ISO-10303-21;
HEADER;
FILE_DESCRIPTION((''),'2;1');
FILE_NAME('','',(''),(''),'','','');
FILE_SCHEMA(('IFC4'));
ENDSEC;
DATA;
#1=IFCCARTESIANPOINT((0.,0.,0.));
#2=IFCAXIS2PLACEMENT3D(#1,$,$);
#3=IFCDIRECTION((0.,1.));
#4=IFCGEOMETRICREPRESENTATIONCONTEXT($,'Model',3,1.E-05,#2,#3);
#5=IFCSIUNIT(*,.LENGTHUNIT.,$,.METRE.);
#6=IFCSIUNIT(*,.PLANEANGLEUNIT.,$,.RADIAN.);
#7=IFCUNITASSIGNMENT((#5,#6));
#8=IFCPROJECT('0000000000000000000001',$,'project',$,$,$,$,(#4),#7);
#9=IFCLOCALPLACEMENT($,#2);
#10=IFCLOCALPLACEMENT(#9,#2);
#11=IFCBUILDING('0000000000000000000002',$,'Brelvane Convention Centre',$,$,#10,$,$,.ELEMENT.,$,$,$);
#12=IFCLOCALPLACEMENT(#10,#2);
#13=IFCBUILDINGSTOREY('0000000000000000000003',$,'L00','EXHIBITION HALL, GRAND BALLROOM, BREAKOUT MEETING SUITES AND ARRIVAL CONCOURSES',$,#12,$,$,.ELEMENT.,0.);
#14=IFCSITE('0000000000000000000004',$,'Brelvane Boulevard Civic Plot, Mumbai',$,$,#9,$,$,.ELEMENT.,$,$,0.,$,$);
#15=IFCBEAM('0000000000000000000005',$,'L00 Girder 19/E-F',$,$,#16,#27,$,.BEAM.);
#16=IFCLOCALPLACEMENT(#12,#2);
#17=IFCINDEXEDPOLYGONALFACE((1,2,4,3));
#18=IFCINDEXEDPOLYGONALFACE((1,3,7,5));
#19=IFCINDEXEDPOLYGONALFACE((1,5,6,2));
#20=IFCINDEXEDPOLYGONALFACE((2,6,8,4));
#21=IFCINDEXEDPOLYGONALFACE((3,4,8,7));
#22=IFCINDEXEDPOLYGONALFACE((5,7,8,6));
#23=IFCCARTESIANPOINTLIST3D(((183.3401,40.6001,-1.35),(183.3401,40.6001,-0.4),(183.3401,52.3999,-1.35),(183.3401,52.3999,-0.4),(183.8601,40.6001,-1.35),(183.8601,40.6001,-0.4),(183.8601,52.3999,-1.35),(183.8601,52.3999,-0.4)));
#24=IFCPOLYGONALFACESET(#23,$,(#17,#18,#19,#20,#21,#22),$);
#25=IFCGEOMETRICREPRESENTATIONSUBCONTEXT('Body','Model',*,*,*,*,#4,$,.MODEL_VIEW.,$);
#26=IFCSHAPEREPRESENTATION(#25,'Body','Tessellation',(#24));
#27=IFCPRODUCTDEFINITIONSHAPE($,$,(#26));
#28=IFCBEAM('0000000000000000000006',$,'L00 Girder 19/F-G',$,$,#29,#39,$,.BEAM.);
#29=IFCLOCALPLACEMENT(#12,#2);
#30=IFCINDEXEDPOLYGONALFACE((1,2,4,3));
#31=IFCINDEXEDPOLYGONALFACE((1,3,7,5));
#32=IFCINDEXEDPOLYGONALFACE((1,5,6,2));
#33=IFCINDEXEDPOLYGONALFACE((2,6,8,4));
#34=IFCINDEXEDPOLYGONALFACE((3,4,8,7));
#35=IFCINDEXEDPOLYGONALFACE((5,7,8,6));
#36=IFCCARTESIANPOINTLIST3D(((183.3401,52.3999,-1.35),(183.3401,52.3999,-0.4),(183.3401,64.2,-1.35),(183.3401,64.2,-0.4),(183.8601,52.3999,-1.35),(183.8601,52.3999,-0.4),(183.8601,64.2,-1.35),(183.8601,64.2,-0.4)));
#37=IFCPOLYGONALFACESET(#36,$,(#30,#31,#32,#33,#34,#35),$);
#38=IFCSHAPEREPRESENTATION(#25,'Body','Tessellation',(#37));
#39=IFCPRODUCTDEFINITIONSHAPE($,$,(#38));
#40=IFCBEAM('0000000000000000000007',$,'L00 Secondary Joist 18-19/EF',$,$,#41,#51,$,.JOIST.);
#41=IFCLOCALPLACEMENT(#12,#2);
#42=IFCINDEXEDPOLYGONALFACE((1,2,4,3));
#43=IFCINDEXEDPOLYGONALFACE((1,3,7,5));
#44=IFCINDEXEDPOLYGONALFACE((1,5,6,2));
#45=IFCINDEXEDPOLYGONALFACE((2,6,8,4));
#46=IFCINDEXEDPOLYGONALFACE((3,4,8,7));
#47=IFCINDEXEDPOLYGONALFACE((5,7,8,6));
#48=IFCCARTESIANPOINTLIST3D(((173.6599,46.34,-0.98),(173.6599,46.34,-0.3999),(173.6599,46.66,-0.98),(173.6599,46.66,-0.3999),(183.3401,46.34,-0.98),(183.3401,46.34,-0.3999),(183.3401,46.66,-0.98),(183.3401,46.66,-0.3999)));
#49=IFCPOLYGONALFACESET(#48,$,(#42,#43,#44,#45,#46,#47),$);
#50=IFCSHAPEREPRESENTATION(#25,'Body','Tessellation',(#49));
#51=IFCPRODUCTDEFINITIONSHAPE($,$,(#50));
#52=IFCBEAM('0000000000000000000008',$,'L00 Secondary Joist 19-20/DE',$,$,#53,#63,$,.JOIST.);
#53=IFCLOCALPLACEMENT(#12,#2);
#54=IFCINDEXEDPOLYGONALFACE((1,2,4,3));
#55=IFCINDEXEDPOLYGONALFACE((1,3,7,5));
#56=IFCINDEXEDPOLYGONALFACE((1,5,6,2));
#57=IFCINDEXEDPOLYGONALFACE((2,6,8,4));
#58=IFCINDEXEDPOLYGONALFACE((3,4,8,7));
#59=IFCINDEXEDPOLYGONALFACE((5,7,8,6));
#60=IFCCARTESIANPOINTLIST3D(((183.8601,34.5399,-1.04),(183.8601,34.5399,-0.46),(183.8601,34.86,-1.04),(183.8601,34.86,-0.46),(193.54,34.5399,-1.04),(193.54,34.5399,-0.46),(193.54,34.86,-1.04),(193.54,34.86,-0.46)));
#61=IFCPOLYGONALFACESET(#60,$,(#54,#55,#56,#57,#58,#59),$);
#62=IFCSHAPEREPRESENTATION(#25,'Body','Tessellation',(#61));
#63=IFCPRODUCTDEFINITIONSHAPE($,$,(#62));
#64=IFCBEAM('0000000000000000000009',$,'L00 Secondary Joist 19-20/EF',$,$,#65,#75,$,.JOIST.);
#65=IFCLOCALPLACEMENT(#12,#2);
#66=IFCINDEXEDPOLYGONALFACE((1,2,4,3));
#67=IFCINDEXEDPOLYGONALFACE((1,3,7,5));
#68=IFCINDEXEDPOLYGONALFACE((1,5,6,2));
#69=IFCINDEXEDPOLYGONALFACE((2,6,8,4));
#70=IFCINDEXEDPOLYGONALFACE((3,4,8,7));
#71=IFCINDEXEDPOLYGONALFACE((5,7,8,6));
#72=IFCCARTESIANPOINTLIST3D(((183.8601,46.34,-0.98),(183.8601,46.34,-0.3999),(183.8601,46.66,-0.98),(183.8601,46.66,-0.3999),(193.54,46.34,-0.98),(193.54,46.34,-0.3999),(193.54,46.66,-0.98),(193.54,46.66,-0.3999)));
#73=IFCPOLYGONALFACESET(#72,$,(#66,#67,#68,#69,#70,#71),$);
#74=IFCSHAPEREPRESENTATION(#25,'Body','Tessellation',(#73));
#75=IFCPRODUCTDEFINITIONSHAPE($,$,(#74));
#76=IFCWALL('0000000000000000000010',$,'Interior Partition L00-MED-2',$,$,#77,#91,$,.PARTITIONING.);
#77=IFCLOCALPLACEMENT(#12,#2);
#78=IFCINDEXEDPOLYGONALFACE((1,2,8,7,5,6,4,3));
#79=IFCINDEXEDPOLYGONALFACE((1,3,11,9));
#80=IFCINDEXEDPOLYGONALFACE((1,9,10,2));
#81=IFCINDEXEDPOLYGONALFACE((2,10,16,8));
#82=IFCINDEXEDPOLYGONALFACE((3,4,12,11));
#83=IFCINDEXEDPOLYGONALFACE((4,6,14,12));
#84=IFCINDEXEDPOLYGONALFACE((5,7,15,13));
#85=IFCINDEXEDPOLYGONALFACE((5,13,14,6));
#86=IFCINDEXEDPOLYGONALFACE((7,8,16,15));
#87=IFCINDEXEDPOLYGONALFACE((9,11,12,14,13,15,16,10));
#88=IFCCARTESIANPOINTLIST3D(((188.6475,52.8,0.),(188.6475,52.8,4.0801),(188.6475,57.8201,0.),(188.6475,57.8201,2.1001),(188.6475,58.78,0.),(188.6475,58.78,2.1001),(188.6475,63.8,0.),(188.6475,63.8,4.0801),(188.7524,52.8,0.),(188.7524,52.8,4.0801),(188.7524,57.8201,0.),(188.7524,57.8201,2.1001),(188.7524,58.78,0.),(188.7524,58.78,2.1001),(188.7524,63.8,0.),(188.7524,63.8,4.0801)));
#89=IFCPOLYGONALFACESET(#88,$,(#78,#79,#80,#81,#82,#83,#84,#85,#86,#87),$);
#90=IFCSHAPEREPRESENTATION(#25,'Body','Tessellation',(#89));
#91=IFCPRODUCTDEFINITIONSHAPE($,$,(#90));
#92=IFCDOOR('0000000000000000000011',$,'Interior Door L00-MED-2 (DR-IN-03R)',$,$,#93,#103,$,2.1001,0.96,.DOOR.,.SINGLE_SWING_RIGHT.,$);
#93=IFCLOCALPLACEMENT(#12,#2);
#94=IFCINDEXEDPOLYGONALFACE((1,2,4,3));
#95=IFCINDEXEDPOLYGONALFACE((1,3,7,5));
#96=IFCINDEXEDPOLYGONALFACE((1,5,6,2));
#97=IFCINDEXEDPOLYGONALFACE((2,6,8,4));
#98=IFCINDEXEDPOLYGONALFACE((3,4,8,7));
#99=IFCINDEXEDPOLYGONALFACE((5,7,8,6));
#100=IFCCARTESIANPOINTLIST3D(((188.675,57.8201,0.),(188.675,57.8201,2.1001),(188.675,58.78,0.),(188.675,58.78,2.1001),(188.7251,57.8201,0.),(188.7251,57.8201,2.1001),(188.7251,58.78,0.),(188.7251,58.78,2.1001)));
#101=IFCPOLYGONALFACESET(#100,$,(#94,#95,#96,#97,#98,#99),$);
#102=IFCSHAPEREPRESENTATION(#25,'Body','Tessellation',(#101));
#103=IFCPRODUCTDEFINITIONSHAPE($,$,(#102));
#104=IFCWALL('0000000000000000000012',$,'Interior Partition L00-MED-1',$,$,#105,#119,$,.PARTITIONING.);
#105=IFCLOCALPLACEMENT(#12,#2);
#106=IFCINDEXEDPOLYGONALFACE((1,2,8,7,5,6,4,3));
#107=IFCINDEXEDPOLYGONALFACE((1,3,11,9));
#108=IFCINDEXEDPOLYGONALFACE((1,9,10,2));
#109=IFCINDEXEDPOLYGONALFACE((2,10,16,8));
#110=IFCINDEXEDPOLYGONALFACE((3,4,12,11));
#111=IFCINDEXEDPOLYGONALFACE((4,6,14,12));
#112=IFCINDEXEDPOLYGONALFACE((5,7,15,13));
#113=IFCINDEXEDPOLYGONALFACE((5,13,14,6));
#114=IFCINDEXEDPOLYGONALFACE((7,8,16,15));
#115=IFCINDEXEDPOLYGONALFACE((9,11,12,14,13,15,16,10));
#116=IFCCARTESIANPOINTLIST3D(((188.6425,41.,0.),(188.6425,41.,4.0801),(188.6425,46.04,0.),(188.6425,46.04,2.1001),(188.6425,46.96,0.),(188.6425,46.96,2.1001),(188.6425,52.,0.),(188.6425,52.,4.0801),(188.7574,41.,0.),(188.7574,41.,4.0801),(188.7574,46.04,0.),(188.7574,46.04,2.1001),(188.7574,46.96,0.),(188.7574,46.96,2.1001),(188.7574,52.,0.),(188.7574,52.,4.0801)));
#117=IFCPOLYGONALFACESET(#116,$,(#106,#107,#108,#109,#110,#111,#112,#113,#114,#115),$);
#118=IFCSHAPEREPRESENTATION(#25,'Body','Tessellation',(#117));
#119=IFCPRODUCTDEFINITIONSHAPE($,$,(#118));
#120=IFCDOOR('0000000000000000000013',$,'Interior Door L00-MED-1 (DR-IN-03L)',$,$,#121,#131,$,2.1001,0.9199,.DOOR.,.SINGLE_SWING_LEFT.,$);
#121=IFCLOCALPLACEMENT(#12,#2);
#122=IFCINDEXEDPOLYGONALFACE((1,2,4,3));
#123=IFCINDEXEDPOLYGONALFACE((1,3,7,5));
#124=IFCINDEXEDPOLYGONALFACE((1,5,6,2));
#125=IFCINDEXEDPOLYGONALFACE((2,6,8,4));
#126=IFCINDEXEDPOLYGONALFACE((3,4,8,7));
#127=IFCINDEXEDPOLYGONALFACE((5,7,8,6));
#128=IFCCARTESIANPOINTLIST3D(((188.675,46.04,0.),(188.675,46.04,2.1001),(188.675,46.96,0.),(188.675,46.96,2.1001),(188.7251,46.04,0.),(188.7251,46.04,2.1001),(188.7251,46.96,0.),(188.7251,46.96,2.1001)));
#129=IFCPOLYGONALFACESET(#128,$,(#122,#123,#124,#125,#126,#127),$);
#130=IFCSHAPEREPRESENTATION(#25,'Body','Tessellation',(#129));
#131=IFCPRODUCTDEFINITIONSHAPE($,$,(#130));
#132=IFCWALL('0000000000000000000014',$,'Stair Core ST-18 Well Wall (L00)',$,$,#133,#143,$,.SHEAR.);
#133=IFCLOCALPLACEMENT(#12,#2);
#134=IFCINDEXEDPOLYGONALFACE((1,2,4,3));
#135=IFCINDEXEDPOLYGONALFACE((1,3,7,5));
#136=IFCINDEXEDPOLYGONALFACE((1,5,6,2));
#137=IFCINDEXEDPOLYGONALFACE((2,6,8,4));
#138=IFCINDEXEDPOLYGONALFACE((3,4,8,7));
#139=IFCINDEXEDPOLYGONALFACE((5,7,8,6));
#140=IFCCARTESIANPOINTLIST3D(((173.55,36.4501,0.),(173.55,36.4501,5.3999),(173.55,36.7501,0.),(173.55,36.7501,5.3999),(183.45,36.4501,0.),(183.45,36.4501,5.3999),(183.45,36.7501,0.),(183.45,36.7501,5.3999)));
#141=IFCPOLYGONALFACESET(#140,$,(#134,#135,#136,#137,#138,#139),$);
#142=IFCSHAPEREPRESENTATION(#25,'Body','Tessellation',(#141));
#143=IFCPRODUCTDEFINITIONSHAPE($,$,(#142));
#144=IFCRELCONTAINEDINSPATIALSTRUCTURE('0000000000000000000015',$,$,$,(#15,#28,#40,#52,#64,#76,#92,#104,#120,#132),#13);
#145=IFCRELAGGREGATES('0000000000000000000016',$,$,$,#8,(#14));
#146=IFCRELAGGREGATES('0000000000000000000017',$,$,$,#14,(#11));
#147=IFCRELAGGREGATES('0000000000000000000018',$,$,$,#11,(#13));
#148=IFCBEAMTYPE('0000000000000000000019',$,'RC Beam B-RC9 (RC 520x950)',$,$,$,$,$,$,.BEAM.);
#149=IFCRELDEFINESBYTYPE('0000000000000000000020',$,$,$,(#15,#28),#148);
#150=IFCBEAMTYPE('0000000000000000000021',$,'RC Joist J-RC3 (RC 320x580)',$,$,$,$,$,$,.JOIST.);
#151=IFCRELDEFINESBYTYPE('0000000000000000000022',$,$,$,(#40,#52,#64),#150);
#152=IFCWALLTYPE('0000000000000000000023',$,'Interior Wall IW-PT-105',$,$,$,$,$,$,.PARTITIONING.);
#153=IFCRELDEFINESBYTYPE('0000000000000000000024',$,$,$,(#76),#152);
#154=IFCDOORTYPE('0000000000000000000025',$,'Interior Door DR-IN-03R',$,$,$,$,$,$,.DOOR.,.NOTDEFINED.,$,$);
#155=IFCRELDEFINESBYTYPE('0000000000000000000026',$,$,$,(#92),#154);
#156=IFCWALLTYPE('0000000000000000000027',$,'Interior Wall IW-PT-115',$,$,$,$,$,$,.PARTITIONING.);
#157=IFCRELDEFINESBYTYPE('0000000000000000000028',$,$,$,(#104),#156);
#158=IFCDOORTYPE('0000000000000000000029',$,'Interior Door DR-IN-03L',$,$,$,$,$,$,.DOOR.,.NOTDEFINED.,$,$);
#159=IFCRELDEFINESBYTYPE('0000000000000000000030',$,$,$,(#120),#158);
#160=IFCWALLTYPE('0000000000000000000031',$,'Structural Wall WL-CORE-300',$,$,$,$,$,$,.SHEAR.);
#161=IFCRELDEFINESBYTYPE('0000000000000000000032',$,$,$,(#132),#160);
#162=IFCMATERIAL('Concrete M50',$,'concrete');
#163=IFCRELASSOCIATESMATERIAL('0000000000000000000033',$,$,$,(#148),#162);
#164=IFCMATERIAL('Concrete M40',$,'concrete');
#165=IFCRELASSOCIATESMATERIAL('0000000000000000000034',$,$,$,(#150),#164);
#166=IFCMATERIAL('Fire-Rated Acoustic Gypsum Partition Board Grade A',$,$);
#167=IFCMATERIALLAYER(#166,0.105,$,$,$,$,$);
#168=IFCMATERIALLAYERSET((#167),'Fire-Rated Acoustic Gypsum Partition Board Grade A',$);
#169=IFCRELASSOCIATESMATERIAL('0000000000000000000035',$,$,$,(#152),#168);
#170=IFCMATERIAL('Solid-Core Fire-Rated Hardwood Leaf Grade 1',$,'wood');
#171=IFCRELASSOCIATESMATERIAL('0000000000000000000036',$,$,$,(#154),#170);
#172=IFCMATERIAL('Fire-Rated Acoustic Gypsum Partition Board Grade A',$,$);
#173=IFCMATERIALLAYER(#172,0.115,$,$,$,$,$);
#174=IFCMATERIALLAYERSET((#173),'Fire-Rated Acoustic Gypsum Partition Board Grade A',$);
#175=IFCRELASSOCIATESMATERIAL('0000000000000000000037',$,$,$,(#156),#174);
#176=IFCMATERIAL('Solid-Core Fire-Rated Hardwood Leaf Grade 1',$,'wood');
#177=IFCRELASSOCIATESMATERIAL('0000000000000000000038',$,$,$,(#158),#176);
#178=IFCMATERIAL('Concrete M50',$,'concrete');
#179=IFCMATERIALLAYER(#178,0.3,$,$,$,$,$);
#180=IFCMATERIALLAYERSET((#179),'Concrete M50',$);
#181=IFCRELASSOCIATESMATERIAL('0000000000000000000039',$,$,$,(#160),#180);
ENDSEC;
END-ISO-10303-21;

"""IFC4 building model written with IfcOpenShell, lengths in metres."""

from ifc_helpers import new_model, si_unit, direction, frame, frame_2d, origin, origin_2d, place, context, subcontext, project, spatial, rectangle, extrude, material, layer, layer_set, material_profile, profile_set, type_object, element, fill, save


model = new_model("IFC4")

# Units and contexts
model_context = context("Model", 3, precision=1e-05, world=origin(), true_north=direction((0.0, 1.0)))
body_context = subcontext(model_context, "Body", "Model", "MODEL_VIEW")
ifc_project = project(units=[si_unit("LENGTHUNIT", "METRE"), si_unit("PLANEANGLEUNIT", "RADIAN")], contexts=[model_context])

# Site, building, storey
site_placement = place(None, origin())
site = spatial("IfcSite", under=ifc_project, at=site_placement, Name="Brelvane Boulevard Civic Plot, Mumbai", CompositionType="ELEMENT", RefElevation=0.0)
building_placement = place(site_placement, origin())
building = spatial("IfcBuilding", under=site, at=building_placement, Name="Brelvane Convention Centre", CompositionType="ELEMENT")
storey_placement = place(building_placement, origin())
storey = spatial("IfcBuildingStorey", under=building, at=storey_placement, Name="L00", Description="EXHIBITION HALL, GRAND BALLROOM, BREAKOUT MEETING SUITES AND ARRIVAL CONCOURSES", CompositionType="ELEMENT", Elevation=0.0)

# Beams
ifc_material_1 = material(Name="Concrete M50", Category="concrete")
ifc_material_profile_1 = material_profile(ifc_material_1, rectangle(XDim=0.52, YDim=0.95, at=origin_2d()), Name="RC 520x950")
ifc_profile_set_1 = profile_set([ifc_material_profile_1], Name="Concrete M50")
beam_type_1 = type_object("IfcBeamType", Name="RC Beam B-RC9 (RC 520x950)", PredefinedType="BEAM", material=ifc_profile_set_1)
beam_1_placement = place(storey_placement, frame((183.6001, 40.6001, -0.875), z_axis=(0.0, 1.0, 0.0), x_axis=(-1.0, 0.0, 0.0)))
element("IfcBeam", 1, at=beam_1_placement, inside=storey, type_object=beam_type_1, Name="L00 Girder 19/E-F", PredefinedType="BEAM", context=body_context, shape_type="SweptSolid", body=[
    extrude(rectangle(XDim=0.52, YDim=0.95, at=origin_2d()), origin(), (0.0, 0.0, 1.0), 11.7998),
])
beam_2_placement = place(storey_placement, frame((183.6001, 52.3999, -0.875), z_axis=(0.0, 1.0, 0.0), x_axis=(-1.0, 0.0, 0.0)))
element("IfcBeam", 2, at=beam_2_placement, inside=storey, type_object=beam_type_1, Name="L00 Girder 19/F-G", PredefinedType="BEAM", context=body_context, shape_type="SweptSolid", body=[
    extrude(rectangle(XDim=0.52, YDim=0.95, at=origin_2d()), origin(), (0.0, 0.0, 1.0), 11.8),
])
ifc_material_2 = material(Name="Concrete M40", Category="concrete")
ifc_material_profile_2 = material_profile(ifc_material_2, rectangle(XDim=0.3201, YDim=0.5801, at=origin_2d()), Name="RC 320x580")
ifc_profile_set_2 = profile_set([ifc_material_profile_2], Name="Concrete M40")
beam_type_2 = type_object("IfcBeamType", Name="RC Joist J-RC3 (RC 320x580)", PredefinedType="JOIST", material=ifc_profile_set_2)
beam_3_placement = place(storey_placement, frame((173.6599, 46.5, -0.6899), z_axis=(1.0, 0.0, 0.0), x_axis=(0.0, 1.0, 0.0)))
element("IfcBeam", 3, at=beam_3_placement, inside=storey, type_object=beam_type_2, Name="L00 Secondary Joist 18-19/EF", PredefinedType="JOIST", context=body_context, shape_type="SweptSolid", body=[
    extrude(rectangle(XDim=0.3201, YDim=0.5801, at=origin_2d()), origin(), (0.0, 0.0, 1.0), 9.6802),
])
for number, where, z_axis, x_axis, name in (
    (4, (183.8601, 34.7, -0.75), (1.0, 0.0, 0.0), (0.0, 1.0, 0.0), "L00 Secondary Joist 19-20/DE"),
    (5, (183.8601, 46.5, -0.6899), (1.0, 0.0, 0.0), (0.0, 1.0, 0.0), "L00 Secondary Joist 19-20/EF"),
):
    element("IfcBeam", number, at=place(storey_placement, frame(where, z_axis=z_axis, x_axis=x_axis)), inside=storey, type_object=beam_type_2, Name=name, PredefinedType="JOIST", context=body_context, shape_type="SweptSolid", body=[
        extrude(rectangle(XDim=0.3201, YDim=0.5801, at=origin_2d()), origin(), (0.0, 0.0, 1.0), 9.6799),
    ])

# Walls, openings, doors
ifc_material_3 = material(Name="Fire-Rated Acoustic Gypsum Partition Board Grade A")
ifc_layer_1 = layer(ifc_material_3, 0.105)
ifc_layer_set_1 = layer_set([ifc_layer_1], Name="Fire-Rated Acoustic Gypsum Partition Board Grade A")
wall_type_1 = type_object("IfcWallType", Name="Interior Wall IW-PT-105", PredefinedType="PARTITIONING", material=ifc_layer_set_1)
wall_1_placement = place(storey_placement, frame((188.7, 52.8, 0.0), z_axis=(0.0, 0.0, 1.0), x_axis=(0.0, 1.0, 0.0)))
wall_1 = element("IfcWall", 6, at=wall_1_placement, inside=storey, type_object=wall_type_1, Name="Interior Partition L00-MED-2", PredefinedType="PARTITIONING", context=body_context, shape_type="SweptSolid", body=[
    extrude(rectangle(XDim=11.0, YDim=0.105, at=frame_2d((5.5, 0.0))), origin(), (0.0, 0.0, 1.0), 4.0801),
])
opening_1_placement = place(wall_1_placement, frame((5.02, 0.0, 0.0)))
opening_1 = element("IfcOpeningElement", 7, at=opening_1_placement, cuts=wall_1, PredefinedType="OPENING", context=body_context, shape_type="SweptSolid", body=[
    extrude(rectangle(XDim=0.96, YDim=2.1001, at=frame_2d((0.48, 1.05))), frame((0.0, 0.0625, 0.0), z_axis=(0.0, -1.0, 0.0), x_axis=(1.0, 0.0, 0.0)), (0.0, 0.0, 1.0), 0.125),
])
ifc_material_4 = material(Name="Solid-Core Fire-Rated Hardwood Leaf Grade 1", Category="wood")
door_type_1 = type_object("IfcDoorType", Name="Interior Door DR-IN-03R", OperationType="NOTDEFINED", PredefinedType="DOOR", material=ifc_material_4)
door_1_placement = place(opening_1_placement, origin())
door_1 = element("IfcDoor", 8, at=door_1_placement, inside=storey, type_object=door_type_1, Name="Interior Door L00-MED-2 (DR-IN-03R)", OperationType="SINGLE_SWING_RIGHT", OverallHeight=2.1001, OverallWidth=0.96, PredefinedType="DOOR", context=body_context, shape_type="SweptSolid", body=[
    extrude(rectangle(XDim=0.96, YDim=2.1001, at=frame_2d((0.48, 1.05))), frame((0.0, 0.0249, 0.0), z_axis=(0.0, -1.0, 0.0), x_axis=(1.0, 0.0, 0.0)), (0.0, 0.0, 1.0), 0.05),
])
fill(opening_1, door_1)
ifc_material_5 = material(Name="Fire-Rated Acoustic Gypsum Partition Board Grade A")
ifc_layer_2 = layer(ifc_material_5, 0.115)
ifc_layer_set_2 = layer_set([ifc_layer_2], Name="Fire-Rated Acoustic Gypsum Partition Board Grade A")
wall_type_2 = type_object("IfcWallType", Name="Interior Wall IW-PT-115", PredefinedType="PARTITIONING", material=ifc_layer_set_2)
wall_2_placement = place(storey_placement, frame((188.7, 41.0, 0.0), z_axis=(0.0, 0.0, 1.0), x_axis=(0.0, 1.0, 0.0)))
wall_2 = element("IfcWall", 9, at=wall_2_placement, inside=storey, type_object=wall_type_2, Name="Interior Partition L00-MED-1", PredefinedType="PARTITIONING", context=body_context, shape_type="SweptSolid", body=[
    extrude(rectangle(XDim=11.0, YDim=0.115, at=frame_2d((5.5, 0.0))), origin(), (0.0, 0.0, 1.0), 4.0801),
])
opening_2_placement = place(wall_2_placement, frame((5.04, 0.0, 0.0)))
opening_2 = element("IfcOpeningElement", 10, at=opening_2_placement, cuts=wall_2, PredefinedType="OPENING", context=body_context, shape_type="SweptSolid", body=[
    extrude(rectangle(XDim=0.9199, YDim=2.1001, at=frame_2d((0.46, 1.05))), frame((0.0, 0.0674, 0.0), z_axis=(0.0, -1.0, 0.0), x_axis=(1.0, 0.0, 0.0)), (0.0, 0.0, 1.0), 0.135),
])
ifc_material_6 = material(Name="Solid-Core Fire-Rated Hardwood Leaf Grade 1", Category="wood")
door_type_2 = type_object("IfcDoorType", Name="Interior Door DR-IN-03L", OperationType="NOTDEFINED", PredefinedType="DOOR", material=ifc_material_6)
door_2_placement = place(opening_2_placement, origin())
door_2 = element("IfcDoor", 11, at=door_2_placement, inside=storey, type_object=door_type_2, Name="Interior Door L00-MED-1 (DR-IN-03L)", OperationType="SINGLE_SWING_LEFT", OverallHeight=2.1001, OverallWidth=0.9199, PredefinedType="DOOR", context=body_context, shape_type="SweptSolid", body=[
    extrude(rectangle(XDim=0.9199, YDim=2.1001, at=frame_2d((0.46, 1.05))), frame((0.0, 0.0249, 0.0), z_axis=(0.0, -1.0, 0.0), x_axis=(1.0, 0.0, 0.0)), (0.0, 0.0, 1.0), 0.05),
])
fill(opening_2, door_2)

# Wall
ifc_material_7 = material(Name="Concrete M50", Category="concrete")
ifc_layer_3 = layer(ifc_material_7, 0.3)
ifc_layer_set_3 = layer_set([ifc_layer_3], Name="Concrete M50")
wall_type_3 = type_object("IfcWallType", Name="Structural Wall WL-CORE-300", PredefinedType="SHEAR", material=ifc_layer_set_3)
wall_3_placement = place(storey_placement, frame((173.55, 36.6001, 0.0), z_axis=(0.0, 0.0, 1.0), x_axis=(1.0, 0.0, 0.0)))
element("IfcWall", 12, at=wall_3_placement, inside=storey, type_object=wall_type_3, Name="Stair Core ST-18 Well Wall (L00)", PredefinedType="SHEAR", context=body_context, shape_type="SweptSolid", body=[
    extrude(rectangle(XDim=9.8999, YDim=0.3, at=frame_2d((4.95, 0.0))), origin(), (0.0, 0.0, 1.0), 5.3999),
])

save(model, "model.ifc")
